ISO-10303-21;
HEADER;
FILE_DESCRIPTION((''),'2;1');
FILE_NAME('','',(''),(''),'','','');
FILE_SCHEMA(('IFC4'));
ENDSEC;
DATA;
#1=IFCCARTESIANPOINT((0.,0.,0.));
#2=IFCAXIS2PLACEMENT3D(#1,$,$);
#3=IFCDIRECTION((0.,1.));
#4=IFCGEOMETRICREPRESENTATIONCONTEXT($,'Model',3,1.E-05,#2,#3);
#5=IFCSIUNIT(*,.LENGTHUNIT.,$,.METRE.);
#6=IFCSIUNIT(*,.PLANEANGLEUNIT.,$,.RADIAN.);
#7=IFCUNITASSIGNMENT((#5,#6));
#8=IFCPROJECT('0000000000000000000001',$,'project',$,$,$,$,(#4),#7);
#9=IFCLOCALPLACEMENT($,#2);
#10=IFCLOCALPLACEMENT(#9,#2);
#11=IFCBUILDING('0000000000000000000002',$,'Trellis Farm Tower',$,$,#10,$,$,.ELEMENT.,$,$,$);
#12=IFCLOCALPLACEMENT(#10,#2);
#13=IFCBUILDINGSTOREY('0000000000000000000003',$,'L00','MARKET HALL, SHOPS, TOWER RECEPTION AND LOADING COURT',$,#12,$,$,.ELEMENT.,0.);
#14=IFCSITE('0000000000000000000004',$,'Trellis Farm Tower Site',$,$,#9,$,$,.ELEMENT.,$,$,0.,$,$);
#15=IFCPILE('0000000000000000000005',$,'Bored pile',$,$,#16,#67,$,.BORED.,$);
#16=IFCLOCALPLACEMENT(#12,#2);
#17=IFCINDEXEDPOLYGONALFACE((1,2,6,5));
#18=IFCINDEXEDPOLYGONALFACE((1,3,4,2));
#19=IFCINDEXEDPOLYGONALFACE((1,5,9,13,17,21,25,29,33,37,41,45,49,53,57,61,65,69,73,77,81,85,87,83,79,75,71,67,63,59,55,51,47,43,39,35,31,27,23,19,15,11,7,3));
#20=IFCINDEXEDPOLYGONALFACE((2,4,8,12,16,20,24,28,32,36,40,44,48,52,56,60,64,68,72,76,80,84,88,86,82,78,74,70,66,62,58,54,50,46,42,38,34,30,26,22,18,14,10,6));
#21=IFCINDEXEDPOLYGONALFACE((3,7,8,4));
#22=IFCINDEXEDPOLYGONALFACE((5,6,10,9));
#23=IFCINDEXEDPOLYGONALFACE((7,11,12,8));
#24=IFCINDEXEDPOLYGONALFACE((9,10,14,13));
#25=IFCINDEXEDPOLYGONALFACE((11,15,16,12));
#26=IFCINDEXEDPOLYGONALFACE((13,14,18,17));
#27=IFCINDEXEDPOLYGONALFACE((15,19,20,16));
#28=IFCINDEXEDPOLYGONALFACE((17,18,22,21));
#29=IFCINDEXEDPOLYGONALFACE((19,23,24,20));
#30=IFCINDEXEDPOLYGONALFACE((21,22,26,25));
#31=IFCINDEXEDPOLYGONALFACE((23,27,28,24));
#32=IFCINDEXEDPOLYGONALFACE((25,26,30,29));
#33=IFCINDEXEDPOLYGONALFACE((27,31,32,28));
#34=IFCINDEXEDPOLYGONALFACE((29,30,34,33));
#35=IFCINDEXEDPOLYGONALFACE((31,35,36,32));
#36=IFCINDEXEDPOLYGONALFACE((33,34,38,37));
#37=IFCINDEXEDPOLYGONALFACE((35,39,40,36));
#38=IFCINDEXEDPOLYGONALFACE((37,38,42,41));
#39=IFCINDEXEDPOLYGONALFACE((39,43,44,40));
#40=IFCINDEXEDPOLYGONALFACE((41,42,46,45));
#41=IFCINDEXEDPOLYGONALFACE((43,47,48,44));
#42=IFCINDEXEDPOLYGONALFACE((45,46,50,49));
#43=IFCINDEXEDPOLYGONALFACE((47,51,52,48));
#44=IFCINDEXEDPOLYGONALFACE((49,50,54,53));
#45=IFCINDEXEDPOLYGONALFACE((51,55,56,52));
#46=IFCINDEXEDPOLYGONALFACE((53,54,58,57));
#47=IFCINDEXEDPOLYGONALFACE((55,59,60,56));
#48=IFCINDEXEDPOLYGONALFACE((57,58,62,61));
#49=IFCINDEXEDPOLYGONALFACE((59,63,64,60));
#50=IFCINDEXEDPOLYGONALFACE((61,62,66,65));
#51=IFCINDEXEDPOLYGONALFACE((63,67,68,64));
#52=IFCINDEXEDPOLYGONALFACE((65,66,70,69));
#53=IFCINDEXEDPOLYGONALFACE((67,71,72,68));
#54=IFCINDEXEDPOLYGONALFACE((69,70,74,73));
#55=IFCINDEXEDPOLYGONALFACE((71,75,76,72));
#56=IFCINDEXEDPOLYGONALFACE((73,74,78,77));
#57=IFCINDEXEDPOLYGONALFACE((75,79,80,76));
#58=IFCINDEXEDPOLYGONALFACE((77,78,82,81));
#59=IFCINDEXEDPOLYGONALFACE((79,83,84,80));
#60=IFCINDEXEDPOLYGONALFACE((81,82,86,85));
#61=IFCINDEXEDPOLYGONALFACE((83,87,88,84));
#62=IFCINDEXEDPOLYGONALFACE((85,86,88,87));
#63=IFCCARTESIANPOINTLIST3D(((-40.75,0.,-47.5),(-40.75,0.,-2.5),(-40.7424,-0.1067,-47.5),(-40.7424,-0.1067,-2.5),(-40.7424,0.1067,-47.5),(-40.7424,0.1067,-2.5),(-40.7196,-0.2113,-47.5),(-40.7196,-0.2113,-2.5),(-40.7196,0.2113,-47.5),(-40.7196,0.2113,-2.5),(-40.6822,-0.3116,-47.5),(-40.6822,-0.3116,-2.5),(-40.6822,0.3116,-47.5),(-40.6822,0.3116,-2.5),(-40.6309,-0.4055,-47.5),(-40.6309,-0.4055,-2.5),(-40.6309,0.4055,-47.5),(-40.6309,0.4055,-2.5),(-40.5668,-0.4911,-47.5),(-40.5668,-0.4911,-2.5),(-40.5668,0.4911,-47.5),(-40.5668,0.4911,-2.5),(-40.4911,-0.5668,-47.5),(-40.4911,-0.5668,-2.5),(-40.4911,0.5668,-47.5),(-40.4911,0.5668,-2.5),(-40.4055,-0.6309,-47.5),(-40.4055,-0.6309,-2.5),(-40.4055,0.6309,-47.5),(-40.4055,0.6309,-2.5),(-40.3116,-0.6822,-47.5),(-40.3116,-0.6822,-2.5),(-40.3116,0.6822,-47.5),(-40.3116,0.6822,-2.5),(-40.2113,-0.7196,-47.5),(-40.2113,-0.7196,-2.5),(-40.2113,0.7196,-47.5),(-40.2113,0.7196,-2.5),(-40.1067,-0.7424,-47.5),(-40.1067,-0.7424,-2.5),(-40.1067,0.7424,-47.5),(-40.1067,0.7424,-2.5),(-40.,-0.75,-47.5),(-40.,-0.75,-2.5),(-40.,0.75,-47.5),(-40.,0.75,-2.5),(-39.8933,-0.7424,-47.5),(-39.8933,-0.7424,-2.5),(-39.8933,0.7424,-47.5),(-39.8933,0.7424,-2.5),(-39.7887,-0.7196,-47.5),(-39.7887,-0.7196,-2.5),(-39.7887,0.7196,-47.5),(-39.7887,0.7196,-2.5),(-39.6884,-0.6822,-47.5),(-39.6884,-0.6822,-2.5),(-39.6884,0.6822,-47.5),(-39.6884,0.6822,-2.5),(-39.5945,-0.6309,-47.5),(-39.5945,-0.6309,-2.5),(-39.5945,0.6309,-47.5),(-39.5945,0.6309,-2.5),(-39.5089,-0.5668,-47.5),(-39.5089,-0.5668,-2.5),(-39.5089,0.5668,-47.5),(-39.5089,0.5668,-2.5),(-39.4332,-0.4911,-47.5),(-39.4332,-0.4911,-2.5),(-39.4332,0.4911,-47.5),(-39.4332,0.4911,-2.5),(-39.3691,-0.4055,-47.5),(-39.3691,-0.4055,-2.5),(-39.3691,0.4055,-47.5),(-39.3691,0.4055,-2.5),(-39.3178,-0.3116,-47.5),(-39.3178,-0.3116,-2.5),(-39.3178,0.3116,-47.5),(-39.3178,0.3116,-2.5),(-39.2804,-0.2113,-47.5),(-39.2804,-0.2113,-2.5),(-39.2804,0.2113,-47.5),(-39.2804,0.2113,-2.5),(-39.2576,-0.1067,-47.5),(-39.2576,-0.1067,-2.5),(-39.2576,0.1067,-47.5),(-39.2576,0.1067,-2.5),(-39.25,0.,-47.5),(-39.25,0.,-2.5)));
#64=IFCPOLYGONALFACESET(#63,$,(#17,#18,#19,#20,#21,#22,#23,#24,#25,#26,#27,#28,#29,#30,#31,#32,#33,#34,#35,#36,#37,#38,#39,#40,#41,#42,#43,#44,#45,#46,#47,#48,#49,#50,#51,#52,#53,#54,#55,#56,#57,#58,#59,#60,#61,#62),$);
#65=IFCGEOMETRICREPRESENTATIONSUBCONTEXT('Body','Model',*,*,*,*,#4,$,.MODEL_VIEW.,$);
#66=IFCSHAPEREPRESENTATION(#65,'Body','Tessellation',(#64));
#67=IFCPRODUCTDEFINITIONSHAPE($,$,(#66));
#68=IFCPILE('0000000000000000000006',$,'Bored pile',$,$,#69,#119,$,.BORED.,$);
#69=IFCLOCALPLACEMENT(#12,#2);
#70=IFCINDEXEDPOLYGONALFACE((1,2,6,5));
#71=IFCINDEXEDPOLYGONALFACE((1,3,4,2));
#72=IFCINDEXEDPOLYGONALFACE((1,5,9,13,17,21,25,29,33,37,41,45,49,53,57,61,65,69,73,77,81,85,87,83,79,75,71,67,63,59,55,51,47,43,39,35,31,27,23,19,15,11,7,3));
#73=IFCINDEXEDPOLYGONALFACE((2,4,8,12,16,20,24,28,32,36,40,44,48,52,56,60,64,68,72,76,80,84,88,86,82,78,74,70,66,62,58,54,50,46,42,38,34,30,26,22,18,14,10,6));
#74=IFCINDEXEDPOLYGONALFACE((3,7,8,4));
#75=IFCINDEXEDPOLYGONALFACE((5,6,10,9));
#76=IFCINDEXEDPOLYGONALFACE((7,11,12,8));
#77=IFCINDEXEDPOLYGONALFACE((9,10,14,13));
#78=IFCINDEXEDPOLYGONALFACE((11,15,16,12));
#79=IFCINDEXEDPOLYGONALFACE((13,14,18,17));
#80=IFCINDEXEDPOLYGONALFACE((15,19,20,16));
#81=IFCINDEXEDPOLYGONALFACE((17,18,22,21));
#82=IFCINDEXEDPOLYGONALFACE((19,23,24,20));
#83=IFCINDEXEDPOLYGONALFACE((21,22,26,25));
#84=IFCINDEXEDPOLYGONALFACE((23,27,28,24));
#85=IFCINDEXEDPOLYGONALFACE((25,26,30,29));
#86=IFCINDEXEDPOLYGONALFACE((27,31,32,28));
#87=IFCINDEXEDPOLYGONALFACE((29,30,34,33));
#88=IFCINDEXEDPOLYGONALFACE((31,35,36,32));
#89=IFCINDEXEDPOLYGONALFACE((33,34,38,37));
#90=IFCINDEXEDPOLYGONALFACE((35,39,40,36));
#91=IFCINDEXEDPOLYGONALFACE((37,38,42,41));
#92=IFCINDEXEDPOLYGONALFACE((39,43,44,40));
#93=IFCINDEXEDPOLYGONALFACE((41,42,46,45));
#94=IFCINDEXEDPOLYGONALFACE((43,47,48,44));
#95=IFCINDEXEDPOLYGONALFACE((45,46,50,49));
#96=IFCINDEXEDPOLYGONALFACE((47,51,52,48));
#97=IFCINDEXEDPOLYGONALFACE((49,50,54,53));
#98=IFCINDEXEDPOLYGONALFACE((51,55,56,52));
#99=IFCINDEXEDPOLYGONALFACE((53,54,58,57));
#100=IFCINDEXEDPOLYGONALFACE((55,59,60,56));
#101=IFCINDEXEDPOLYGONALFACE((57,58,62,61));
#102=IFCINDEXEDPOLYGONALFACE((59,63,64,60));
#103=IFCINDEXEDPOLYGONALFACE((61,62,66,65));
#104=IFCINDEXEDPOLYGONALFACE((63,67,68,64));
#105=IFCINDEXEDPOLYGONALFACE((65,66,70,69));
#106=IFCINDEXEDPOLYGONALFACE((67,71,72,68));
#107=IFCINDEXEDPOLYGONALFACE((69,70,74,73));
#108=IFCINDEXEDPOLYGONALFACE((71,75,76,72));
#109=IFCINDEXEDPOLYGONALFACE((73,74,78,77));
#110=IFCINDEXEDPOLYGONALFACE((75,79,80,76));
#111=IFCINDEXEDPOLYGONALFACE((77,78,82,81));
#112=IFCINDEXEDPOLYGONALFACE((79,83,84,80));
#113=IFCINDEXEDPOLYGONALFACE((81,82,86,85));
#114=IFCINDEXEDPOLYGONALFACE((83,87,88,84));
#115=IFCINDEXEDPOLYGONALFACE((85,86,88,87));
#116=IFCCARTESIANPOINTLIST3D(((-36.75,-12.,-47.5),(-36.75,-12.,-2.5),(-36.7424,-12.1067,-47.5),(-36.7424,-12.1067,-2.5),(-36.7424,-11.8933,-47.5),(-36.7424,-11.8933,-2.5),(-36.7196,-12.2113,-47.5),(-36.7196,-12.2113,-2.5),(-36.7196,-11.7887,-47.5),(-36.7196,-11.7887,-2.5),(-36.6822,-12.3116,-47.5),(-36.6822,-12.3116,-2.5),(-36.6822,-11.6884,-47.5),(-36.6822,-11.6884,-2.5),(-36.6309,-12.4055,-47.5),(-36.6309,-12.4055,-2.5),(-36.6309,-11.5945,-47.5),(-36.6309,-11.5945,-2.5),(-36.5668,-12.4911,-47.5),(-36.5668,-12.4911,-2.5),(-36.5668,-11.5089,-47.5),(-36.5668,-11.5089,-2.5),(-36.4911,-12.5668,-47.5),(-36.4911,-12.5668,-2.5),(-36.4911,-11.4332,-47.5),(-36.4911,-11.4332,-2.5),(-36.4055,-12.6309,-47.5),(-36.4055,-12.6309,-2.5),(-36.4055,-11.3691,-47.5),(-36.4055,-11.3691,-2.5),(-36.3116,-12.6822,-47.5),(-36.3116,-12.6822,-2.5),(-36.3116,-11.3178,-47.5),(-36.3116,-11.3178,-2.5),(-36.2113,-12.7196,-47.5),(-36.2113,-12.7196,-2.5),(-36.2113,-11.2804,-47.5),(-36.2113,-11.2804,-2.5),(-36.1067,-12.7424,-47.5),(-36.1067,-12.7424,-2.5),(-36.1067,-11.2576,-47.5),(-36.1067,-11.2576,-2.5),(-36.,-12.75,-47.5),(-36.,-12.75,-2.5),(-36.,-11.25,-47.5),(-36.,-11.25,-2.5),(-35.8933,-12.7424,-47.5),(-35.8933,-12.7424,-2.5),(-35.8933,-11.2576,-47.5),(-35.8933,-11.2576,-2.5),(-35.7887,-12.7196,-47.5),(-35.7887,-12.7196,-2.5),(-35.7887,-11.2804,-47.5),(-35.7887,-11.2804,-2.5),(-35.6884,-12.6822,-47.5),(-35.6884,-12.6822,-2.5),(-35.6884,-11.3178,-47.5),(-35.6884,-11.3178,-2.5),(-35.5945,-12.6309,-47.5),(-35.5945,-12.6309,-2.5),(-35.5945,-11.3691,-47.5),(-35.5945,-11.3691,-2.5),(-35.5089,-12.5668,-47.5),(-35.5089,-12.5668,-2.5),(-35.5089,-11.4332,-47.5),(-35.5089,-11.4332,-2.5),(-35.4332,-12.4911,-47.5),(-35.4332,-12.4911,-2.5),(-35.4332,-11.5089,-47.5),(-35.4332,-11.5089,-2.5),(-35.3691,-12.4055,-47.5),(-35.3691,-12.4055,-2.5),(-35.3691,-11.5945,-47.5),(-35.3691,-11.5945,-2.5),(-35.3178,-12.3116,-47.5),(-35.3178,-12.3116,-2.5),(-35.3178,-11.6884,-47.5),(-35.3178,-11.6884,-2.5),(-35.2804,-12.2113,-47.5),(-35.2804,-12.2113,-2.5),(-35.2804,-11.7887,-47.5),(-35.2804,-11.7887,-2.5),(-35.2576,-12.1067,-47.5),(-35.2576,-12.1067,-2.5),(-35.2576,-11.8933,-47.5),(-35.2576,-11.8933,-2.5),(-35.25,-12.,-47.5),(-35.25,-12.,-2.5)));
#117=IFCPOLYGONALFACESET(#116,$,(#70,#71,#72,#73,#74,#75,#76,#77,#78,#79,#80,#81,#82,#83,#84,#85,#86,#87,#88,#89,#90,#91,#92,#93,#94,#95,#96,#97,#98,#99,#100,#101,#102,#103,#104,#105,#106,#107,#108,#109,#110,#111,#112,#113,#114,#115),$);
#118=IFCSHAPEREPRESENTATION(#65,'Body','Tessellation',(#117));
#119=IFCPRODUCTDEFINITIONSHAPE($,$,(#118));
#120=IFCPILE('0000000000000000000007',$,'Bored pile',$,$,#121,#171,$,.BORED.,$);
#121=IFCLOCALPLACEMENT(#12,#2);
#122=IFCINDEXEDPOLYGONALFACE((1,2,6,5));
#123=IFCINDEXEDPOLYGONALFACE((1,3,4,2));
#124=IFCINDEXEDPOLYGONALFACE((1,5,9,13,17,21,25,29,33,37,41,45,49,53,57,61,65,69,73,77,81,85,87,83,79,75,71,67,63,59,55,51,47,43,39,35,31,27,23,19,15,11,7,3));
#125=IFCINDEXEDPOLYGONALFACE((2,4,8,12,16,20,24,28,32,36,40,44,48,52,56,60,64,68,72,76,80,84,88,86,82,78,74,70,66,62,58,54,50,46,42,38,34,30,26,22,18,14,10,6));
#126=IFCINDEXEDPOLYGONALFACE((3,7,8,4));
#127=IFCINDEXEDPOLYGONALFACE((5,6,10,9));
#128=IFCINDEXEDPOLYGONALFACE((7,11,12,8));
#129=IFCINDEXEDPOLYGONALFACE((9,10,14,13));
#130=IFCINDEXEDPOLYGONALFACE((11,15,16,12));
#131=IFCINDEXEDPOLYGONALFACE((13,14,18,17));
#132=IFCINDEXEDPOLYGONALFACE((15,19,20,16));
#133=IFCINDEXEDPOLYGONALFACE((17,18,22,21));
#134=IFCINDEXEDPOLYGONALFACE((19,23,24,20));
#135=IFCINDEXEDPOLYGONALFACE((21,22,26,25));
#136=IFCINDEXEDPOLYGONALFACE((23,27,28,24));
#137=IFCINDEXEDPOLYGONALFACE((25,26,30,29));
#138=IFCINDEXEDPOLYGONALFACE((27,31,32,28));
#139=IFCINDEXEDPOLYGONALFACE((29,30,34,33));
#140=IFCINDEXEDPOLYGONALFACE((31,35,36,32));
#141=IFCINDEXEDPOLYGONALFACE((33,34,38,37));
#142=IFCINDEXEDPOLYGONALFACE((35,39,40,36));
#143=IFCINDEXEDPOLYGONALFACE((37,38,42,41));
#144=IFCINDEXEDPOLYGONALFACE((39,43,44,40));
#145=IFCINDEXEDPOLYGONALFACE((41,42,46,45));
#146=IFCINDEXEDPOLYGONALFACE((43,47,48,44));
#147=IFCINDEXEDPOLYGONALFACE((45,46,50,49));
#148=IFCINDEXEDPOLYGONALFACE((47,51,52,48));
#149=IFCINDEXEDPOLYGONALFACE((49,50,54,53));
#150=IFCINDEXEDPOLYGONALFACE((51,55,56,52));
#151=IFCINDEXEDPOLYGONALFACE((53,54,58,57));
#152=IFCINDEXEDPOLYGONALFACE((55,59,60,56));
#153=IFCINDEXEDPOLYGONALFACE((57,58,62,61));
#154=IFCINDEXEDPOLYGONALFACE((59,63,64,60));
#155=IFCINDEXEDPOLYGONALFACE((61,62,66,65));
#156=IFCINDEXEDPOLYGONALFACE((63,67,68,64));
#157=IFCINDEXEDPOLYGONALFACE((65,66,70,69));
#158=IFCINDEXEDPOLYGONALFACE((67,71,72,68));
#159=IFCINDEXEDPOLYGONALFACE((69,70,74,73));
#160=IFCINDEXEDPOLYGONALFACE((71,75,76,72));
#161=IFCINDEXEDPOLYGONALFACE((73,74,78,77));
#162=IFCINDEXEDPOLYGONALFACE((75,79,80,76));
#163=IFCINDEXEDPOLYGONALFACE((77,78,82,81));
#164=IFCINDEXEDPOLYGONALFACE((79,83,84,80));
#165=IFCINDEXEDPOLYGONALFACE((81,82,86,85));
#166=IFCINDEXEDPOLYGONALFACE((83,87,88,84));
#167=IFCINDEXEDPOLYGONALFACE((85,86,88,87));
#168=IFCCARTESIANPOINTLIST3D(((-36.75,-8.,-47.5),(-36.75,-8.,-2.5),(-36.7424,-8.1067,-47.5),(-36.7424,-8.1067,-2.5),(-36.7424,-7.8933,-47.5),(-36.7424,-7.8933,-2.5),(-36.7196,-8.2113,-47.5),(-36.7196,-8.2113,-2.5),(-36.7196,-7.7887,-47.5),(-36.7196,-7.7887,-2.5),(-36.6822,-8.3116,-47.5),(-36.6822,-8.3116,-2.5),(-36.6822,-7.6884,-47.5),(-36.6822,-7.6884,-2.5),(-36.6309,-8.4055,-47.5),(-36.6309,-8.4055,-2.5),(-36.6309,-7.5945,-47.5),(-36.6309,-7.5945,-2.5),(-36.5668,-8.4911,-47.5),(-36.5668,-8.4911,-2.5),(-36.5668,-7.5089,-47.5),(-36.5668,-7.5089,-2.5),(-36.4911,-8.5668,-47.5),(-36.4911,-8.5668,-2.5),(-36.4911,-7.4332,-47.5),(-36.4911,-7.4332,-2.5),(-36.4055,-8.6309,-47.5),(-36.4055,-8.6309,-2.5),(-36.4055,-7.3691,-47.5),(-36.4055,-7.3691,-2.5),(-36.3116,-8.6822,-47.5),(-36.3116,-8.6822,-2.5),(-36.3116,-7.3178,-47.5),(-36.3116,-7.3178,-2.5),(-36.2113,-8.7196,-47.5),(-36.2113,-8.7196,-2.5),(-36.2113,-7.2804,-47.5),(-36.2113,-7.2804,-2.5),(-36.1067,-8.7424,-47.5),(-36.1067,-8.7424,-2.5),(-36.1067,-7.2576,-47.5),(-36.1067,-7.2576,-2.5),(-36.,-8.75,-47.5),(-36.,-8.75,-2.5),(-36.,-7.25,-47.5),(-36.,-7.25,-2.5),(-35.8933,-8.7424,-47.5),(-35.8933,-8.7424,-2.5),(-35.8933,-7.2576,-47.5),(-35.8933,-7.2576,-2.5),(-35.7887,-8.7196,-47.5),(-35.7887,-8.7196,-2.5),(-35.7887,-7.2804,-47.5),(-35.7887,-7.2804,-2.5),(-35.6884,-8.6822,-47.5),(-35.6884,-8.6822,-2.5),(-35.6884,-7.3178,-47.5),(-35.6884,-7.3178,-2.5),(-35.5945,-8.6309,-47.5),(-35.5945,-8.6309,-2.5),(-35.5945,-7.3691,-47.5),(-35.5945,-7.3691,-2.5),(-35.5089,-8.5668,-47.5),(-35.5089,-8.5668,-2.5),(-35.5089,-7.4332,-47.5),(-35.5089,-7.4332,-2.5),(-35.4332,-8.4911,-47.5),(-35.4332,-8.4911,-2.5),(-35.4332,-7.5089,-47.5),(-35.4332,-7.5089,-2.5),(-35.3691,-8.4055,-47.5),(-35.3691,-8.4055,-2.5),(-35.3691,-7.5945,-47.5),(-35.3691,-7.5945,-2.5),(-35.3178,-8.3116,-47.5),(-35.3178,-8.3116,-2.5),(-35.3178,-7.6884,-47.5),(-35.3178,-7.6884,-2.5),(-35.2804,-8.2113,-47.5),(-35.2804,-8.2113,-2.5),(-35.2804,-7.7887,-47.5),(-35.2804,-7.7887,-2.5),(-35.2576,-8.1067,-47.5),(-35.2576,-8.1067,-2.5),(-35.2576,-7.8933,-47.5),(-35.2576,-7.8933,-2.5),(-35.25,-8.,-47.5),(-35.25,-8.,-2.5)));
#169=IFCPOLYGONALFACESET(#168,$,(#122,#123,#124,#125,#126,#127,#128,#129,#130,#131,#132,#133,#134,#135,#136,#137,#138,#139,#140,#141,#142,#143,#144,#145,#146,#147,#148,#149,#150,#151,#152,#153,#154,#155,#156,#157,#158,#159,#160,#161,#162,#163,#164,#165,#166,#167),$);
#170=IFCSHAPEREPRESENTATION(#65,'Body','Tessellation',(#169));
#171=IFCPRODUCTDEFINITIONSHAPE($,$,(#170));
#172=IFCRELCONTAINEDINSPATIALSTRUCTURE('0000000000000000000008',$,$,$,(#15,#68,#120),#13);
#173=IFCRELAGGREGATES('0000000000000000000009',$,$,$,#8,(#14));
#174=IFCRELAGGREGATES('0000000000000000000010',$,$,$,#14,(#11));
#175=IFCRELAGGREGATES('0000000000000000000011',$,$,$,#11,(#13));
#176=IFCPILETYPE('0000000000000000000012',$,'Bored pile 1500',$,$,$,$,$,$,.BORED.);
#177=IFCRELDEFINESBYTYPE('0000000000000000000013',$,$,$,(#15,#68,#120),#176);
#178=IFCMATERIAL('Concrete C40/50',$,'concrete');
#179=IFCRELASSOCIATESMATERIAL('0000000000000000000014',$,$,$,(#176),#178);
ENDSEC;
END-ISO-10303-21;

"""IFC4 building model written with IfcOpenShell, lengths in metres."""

from ifc_helpers import new_model, si_unit, direction, frame, origin, origin_2d, place, context, subcontext, project, spatial, circle, extrude, source, transform, mapped, material, material_profile, profile_set, type_object, element, save


model = new_model("IFC4")

# Units and contexts
model_context = context("Model", 3, precision=1e-05, world=origin(), true_north=direction((0.0, 1.0)))
body_context = subcontext(model_context, "Body", "Model", "MODEL_VIEW")
ifc_project = project(units=[si_unit("LENGTHUNIT", "METRE"), si_unit("PLANEANGLEUNIT", "RADIAN")], contexts=[model_context])

# Site, building, storey
site_placement = place(None, origin())
site = spatial("IfcSite", under=ifc_project, at=site_placement, Name="Trellis Farm Tower Site", CompositionType="ELEMENT", RefElevation=0.0)
building_placement = place(site_placement, origin())
building = spatial("IfcBuilding", under=site, at=building_placement, Name="Trellis Farm Tower", CompositionType="ELEMENT")
storey_placement = place(building_placement, origin())
storey = spatial("IfcBuildingStorey", under=building, at=storey_placement, Name="L00", Description="MARKET HALL, SHOPS, TOWER RECEPTION AND LOADING COURT", CompositionType="ELEMENT", Elevation=0.0)

# Piles
ifc_material_1 = material(Name="Concrete C40/50", Category="concrete")
ifc_material_profile_1 = material_profile(ifc_material_1, circle(Radius=0.75, at=origin_2d()), Name="Bored pile 1500")
ifc_profile_set_1 = profile_set([ifc_material_profile_1], Name="Concrete C40/50")
pile_type = type_object("IfcPileType", Name="Bored pile 1500", PredefinedType="BORED", material=ifc_profile_set_1)
shared_shape_1 = source(origin(), body_context, "Body", "SweptSolid", [
    extrude(circle(Radius=0.75, at=origin_2d()), origin(), (0.0, 0.0, 1.0), 45.0),
])
for number, where, z_axis, x_axis, name in (
    (1, (-40.0, 0.0, -2.5), (0.0, 0.0, -1.0), (1.0, 0.0, 0.0), "Bored pile"),
    (2, (-36.0, -12.0, -2.5), (0.0, 0.0, -1.0), (1.0, 0.0, 0.0), "Bored pile"),
    (3, (-36.0, -8.0, -2.5), (0.0, 0.0, -1.0), (1.0, 0.0, 0.0), "Bored pile"),
):
    element("IfcPile", number, at=place(storey_placement, frame(where, z_axis=z_axis, x_axis=x_axis)), inside=storey, type_object=pile_type, Name=name, PredefinedType="BORED", context=body_context, shape_type="MappedRepresentation", body=[
        mapped(shared_shape_1, transform((0.0, 0.0, 0.0))),
    ])

save(model, "model.ifc")
